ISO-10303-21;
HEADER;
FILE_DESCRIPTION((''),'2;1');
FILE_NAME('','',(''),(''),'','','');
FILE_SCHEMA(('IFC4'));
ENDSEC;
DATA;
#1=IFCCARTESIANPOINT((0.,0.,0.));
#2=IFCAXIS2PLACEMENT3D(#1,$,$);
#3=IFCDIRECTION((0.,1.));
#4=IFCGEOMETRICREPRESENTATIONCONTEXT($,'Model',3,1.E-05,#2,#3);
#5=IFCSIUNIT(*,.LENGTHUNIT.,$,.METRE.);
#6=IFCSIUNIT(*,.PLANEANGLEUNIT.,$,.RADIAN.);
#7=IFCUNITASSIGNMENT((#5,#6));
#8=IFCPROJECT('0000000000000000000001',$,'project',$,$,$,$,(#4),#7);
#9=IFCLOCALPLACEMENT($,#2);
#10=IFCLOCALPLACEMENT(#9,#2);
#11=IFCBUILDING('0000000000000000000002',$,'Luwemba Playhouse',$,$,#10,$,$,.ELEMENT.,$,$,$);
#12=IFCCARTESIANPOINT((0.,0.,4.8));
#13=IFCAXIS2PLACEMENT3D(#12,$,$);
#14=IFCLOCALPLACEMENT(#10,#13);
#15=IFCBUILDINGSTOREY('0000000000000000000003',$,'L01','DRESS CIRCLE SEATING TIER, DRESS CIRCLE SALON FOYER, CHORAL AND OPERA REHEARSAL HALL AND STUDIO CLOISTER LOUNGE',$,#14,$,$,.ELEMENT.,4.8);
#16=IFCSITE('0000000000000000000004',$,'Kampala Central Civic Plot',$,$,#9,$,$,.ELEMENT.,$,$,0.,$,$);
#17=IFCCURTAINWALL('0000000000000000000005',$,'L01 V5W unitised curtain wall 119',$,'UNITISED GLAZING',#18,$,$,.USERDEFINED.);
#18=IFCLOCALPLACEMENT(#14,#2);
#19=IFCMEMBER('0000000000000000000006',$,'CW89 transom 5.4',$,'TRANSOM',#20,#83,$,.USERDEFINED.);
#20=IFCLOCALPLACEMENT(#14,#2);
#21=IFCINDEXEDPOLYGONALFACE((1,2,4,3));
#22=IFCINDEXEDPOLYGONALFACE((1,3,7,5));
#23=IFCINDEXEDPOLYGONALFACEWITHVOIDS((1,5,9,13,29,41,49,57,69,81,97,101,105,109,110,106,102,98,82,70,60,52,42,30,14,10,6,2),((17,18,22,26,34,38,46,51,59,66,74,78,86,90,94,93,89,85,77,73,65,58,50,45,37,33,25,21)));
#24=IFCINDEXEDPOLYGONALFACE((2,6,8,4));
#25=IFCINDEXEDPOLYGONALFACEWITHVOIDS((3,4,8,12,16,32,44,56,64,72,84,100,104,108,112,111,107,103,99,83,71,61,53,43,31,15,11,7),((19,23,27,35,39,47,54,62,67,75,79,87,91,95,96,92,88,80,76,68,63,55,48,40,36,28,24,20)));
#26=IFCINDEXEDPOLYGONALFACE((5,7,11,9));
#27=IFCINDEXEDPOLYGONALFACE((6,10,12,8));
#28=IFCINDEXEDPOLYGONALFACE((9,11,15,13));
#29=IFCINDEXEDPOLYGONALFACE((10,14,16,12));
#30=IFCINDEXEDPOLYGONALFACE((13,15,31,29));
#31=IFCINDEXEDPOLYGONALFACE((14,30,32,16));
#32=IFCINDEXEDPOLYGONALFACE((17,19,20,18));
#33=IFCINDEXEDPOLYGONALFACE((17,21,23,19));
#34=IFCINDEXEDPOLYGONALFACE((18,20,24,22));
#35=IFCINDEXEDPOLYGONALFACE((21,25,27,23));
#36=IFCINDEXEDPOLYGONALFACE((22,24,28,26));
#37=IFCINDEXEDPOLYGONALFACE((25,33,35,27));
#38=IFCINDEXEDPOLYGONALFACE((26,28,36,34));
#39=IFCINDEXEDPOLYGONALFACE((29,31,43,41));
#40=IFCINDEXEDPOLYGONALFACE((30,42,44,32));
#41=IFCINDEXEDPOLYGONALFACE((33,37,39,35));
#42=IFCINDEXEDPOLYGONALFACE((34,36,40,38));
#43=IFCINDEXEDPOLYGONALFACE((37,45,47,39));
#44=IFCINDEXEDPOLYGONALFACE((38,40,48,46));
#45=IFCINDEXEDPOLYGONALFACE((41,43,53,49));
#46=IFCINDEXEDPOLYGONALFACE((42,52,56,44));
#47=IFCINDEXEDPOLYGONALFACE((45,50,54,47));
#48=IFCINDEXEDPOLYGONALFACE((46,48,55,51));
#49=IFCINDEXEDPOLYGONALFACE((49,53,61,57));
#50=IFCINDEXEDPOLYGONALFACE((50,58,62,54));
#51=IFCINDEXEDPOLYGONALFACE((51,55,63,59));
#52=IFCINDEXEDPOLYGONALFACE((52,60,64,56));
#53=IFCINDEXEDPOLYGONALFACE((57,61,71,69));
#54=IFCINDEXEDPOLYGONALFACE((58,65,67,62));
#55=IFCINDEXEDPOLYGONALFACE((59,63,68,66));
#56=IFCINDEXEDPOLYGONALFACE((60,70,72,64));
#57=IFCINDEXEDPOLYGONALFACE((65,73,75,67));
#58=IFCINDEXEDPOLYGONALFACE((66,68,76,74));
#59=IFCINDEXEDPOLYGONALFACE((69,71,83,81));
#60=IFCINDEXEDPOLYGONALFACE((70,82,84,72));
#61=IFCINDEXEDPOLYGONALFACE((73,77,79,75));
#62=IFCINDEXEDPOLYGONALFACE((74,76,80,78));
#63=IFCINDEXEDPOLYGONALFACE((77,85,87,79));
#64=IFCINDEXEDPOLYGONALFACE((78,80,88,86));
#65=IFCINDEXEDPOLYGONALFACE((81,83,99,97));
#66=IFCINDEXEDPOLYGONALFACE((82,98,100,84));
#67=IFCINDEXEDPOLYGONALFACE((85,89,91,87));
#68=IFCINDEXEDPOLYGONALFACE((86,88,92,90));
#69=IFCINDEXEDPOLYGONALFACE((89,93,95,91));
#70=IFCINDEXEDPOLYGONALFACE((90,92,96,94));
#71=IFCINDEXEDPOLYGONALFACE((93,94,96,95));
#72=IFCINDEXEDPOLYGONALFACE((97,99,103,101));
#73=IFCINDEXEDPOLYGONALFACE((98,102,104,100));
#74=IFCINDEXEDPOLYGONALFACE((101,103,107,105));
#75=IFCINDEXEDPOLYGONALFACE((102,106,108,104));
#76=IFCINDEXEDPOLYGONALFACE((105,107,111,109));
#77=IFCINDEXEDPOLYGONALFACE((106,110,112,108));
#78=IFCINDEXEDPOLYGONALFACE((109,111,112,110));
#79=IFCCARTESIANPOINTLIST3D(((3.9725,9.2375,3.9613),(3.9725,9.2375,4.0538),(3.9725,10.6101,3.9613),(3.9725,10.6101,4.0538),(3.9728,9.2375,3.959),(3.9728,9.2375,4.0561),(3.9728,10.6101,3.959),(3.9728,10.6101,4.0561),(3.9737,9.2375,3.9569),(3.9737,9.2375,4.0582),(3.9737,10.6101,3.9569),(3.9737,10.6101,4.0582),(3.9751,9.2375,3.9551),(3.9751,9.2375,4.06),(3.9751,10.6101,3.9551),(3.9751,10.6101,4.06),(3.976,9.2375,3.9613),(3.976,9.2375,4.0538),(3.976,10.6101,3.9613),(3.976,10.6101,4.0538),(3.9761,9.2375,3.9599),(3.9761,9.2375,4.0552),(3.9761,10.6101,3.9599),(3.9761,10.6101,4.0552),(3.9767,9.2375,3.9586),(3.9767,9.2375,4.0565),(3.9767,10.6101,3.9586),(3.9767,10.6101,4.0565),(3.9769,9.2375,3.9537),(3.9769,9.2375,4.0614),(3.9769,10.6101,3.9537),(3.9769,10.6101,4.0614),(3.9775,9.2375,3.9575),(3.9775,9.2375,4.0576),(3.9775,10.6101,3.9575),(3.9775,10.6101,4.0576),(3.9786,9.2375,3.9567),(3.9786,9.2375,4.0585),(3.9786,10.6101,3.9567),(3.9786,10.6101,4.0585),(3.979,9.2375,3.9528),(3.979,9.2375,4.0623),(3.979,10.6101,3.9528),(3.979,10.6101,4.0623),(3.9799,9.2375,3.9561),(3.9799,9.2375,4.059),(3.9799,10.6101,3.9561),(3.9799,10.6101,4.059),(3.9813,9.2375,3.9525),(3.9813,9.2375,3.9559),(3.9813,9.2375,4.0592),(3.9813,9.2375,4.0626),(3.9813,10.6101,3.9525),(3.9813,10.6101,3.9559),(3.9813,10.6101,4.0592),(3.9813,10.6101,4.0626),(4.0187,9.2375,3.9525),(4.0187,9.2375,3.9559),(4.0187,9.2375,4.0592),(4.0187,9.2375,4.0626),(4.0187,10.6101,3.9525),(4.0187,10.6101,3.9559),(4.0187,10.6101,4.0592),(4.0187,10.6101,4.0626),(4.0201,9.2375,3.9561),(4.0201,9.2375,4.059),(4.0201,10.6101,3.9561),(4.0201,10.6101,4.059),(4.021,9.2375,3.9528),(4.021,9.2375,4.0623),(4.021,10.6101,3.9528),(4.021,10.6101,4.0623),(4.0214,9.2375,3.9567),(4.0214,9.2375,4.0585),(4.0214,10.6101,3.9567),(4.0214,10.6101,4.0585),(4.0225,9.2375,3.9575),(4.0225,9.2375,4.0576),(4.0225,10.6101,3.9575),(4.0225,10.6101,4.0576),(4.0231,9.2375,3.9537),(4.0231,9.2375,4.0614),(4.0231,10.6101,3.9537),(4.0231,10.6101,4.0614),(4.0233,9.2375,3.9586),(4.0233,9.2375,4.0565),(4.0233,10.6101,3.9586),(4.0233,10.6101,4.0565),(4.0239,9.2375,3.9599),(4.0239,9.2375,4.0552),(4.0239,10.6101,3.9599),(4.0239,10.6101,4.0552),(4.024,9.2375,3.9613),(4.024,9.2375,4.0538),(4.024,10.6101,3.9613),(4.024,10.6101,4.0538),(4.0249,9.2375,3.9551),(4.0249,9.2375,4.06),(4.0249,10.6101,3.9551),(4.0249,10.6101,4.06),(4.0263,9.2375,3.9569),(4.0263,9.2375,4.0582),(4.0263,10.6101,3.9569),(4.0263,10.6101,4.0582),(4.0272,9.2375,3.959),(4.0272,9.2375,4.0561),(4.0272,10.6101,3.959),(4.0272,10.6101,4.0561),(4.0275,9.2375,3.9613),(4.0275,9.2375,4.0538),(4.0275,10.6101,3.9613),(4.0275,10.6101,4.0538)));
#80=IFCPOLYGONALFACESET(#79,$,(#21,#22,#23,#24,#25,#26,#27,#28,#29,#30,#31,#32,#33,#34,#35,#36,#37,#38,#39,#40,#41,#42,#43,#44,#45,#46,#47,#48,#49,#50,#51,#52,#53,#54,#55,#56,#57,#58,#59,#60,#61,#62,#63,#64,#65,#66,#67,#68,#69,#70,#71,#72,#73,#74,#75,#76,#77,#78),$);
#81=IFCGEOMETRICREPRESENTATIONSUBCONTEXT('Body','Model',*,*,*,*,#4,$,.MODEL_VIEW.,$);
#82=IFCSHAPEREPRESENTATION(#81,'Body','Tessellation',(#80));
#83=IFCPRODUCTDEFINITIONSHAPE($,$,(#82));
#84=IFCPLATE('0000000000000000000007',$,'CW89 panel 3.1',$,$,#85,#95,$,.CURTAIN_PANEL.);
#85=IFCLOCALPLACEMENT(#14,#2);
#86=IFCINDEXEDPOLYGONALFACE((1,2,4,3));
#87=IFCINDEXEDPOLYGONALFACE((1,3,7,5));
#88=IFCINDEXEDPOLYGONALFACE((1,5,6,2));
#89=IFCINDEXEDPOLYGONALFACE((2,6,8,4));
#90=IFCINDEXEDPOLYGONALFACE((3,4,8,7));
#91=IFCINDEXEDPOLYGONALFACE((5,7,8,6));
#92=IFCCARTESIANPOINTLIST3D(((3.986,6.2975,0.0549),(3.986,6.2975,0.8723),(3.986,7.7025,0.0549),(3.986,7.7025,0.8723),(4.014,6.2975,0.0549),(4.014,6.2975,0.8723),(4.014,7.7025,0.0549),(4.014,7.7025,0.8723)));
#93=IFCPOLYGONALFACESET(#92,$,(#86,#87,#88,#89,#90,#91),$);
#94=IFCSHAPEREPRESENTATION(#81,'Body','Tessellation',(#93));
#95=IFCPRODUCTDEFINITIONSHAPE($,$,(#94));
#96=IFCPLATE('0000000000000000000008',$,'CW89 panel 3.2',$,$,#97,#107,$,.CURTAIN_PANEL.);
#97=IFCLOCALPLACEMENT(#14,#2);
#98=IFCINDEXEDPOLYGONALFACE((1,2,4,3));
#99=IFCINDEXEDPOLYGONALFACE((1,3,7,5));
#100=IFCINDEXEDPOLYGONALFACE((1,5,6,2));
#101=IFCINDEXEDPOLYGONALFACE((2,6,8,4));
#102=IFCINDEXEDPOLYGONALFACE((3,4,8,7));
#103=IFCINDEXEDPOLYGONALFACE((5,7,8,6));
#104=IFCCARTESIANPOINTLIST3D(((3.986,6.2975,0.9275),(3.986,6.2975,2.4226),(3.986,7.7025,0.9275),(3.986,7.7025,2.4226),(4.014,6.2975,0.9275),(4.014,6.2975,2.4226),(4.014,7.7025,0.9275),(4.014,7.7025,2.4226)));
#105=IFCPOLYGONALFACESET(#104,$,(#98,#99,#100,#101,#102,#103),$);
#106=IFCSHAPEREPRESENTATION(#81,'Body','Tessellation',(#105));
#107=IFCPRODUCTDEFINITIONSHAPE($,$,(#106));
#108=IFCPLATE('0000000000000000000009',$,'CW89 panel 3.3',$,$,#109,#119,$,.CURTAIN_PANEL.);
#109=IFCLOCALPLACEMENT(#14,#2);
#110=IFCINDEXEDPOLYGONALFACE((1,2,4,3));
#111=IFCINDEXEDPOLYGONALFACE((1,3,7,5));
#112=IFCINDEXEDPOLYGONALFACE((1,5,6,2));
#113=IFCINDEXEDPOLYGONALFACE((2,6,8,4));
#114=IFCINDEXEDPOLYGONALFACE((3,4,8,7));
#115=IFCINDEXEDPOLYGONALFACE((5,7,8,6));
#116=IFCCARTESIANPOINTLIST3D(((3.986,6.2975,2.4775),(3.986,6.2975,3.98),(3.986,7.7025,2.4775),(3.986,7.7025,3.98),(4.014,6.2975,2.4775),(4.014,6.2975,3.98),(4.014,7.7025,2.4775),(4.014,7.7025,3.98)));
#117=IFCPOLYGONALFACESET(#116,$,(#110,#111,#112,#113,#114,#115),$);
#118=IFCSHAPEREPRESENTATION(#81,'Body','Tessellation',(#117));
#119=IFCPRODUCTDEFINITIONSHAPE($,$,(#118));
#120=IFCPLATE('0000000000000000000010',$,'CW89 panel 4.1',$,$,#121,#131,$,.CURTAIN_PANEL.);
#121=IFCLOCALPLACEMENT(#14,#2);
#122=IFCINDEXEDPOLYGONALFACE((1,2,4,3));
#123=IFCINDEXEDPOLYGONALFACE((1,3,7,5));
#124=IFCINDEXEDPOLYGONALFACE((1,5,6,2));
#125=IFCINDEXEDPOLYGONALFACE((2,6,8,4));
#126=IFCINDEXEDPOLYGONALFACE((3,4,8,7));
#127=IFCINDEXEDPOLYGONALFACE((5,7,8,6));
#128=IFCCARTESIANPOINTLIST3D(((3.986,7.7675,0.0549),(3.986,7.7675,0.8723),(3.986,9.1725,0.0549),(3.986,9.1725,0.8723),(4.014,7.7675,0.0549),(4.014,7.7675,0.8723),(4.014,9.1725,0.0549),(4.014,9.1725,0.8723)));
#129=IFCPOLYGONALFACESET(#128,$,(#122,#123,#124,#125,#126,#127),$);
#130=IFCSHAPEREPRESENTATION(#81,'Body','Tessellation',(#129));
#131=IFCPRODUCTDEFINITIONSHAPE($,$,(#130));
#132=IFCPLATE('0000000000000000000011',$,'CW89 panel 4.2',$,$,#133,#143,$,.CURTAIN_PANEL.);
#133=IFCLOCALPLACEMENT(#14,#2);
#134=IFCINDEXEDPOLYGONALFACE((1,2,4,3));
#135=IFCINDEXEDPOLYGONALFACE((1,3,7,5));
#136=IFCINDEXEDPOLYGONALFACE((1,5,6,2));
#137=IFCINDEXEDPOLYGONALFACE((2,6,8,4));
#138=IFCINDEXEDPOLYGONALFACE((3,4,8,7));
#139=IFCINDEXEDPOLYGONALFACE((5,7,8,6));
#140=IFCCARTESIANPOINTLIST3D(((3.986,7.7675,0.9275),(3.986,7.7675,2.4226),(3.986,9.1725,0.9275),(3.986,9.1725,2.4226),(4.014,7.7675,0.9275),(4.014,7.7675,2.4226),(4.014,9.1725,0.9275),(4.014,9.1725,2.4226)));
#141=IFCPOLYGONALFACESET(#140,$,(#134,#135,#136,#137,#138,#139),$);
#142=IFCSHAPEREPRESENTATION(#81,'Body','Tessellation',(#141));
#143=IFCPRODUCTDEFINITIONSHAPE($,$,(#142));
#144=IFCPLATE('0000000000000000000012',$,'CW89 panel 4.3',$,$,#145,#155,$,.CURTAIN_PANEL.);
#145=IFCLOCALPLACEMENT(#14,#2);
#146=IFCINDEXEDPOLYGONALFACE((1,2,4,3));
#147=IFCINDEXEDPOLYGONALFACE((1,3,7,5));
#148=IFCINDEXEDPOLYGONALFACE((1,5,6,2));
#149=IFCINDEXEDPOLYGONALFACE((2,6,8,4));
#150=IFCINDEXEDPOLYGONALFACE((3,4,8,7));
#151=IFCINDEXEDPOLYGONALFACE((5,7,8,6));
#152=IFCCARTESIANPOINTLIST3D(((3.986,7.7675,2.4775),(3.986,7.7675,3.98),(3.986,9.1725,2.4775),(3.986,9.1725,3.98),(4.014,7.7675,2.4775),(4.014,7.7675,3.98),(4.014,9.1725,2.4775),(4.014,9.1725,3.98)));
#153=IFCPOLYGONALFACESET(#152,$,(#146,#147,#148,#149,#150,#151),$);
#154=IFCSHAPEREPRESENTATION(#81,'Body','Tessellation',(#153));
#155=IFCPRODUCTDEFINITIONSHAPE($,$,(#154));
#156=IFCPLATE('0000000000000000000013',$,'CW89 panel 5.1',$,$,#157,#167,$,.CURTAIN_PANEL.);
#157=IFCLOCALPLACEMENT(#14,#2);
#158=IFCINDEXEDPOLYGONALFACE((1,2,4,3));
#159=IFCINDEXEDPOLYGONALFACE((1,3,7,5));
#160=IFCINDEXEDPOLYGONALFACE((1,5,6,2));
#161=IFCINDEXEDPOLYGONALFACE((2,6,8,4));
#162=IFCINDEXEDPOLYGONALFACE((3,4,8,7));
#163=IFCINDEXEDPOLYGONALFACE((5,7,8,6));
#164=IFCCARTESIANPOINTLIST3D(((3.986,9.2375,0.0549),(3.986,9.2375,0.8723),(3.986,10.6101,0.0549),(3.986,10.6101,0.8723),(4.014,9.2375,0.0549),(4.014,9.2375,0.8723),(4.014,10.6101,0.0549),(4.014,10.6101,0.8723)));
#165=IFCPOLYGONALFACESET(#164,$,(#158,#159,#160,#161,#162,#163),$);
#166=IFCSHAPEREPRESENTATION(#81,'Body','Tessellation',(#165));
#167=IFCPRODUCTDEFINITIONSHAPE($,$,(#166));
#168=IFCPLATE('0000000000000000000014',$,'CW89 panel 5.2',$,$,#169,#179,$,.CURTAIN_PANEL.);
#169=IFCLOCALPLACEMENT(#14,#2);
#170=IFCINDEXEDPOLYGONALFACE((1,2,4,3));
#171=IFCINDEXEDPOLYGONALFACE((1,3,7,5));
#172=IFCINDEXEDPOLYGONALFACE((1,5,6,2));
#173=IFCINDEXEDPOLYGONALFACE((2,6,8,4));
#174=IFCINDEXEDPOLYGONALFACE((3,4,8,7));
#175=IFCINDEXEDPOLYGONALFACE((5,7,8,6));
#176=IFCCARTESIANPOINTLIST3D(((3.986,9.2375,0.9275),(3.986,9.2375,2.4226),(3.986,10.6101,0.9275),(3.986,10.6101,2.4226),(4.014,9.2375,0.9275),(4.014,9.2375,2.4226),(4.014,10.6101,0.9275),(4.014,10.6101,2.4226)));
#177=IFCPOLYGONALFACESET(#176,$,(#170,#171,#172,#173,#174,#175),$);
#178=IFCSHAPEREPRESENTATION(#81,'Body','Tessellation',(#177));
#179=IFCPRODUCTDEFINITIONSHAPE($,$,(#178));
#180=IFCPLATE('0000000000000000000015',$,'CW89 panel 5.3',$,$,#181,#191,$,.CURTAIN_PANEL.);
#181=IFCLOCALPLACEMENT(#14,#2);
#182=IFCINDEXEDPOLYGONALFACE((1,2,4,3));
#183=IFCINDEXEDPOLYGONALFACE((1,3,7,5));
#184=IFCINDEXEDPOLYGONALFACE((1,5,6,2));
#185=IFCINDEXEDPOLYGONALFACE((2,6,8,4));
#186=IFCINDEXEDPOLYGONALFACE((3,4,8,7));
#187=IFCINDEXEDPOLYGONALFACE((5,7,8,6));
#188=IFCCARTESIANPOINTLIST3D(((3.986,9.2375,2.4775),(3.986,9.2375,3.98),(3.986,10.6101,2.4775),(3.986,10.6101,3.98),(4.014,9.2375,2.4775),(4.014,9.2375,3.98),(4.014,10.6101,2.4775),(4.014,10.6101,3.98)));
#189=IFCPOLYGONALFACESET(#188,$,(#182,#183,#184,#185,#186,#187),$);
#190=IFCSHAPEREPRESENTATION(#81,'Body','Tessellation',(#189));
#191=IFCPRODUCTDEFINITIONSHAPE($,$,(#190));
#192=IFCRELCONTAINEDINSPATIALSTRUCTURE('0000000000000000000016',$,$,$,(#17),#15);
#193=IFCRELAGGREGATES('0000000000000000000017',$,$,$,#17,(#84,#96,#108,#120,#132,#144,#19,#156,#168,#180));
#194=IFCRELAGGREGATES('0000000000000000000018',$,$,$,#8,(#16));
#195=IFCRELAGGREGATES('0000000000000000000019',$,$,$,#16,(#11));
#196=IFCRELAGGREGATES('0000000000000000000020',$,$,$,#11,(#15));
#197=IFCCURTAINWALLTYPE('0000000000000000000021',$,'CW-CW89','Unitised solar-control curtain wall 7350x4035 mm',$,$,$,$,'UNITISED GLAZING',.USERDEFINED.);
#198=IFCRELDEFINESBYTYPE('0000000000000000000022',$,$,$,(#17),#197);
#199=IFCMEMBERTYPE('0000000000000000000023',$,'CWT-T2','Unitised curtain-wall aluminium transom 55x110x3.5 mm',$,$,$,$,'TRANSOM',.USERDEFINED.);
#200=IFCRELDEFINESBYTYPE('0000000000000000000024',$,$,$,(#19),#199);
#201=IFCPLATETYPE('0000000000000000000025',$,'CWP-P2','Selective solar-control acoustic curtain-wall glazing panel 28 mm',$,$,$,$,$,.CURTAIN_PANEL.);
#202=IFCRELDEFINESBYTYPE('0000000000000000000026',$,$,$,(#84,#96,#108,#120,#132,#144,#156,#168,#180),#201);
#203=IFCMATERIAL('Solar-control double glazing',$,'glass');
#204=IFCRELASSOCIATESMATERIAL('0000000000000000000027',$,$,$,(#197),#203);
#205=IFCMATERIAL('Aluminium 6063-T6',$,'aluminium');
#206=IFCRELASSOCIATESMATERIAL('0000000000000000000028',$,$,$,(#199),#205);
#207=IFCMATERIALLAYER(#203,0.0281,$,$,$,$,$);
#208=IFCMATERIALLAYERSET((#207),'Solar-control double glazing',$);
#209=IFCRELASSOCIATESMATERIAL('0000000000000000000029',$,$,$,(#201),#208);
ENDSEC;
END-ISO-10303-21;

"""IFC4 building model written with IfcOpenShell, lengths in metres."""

from ifc_helpers import new_model, si_unit, direction, frame, origin, origin_2d, place, context, subcontext, project, spatial, rectangle, hollow_rectangle, extrude, material, layer, layer_set, material_profile, profile_set, type_object, element, aggregate, save


model = new_model("IFC4")

# Units and contexts
model_context = context("Model", 3, precision=1e-05, world=origin(), true_north=direction((0.0, 1.0)))
body_context = subcontext(model_context, "Body", "Model", "MODEL_VIEW")
ifc_project = project(units=[si_unit("LENGTHUNIT", "METRE"), si_unit("PLANEANGLEUNIT", "RADIAN")], contexts=[model_context])

# Site, building, storey
site_placement = place(None, origin())
site = spatial("IfcSite", under=ifc_project, at=site_placement, Name="Kampala Central Civic Plot", CompositionType="ELEMENT", RefElevation=0.0)
building_placement = place(site_placement, origin())
building = spatial("IfcBuilding", under=site, at=building_placement, Name="Luwemba Playhouse", CompositionType="ELEMENT")
storey_placement = place(building_placement, frame((0.0, 0.0, 4.8)))
storey = spatial("IfcBuildingStorey", under=building, at=storey_placement, Name="L01", Description="DRESS CIRCLE SEATING TIER, DRESS CIRCLE SALON FOYER, CHORAL AND OPERA REHEARSAL HALL AND STUDIO CLOISTER LOUNGE", CompositionType="ELEMENT", Elevation=4.8)

# Curtain wall, member, plates
ifc_material_1 = material(Name="Solar-control double glazing", Category="glass")
curtain_wall_type = type_object("IfcCurtainWallType", Name="CW-CW89", Description="Unitised solar-control curtain wall 7350x4035 mm", ElementType="UNITISED GLAZING", PredefinedType="USERDEFINED", material=ifc_material_1)
curtain_wall_placement = place(storey_placement, origin())
curtain_wall = element("IfcCurtainWall", 1, at=curtain_wall_placement, inside=storey, type_object=curtain_wall_type, Name="L01 V5W unitised curtain wall 119", ObjectType="UNITISED GLAZING", PredefinedType="USERDEFINED")
ifc_material_2 = material(Name="Aluminium 6063-T6", Category="aluminium")
ifc_material_profile_1 = material_profile(ifc_material_2, hollow_rectangle(XDim=0.0549, YDim=0.1101, WallThickness=0.0034, InnerFilletRadius=0.0054, OuterFilletRadius=0.0088, at=origin_2d()))
ifc_profile_set_1 = profile_set([ifc_material_profile_1], Name="Aluminium 6063-T6")
member_type_1 = type_object("IfcMemberType", Name="CWT-T2", Description="Unitised curtain-wall aluminium transom 55x110x3.5 mm", ElementType="TRANSOM", PredefinedType="USERDEFINED", material=ifc_profile_set_1)
member_1_placement = place(storey_placement, frame((4.0, 9.2375, 4.0076), z_axis=(0.0, 1.0, 0.0), x_axis=(-1.0, 0.0, 0.0)))
member_1 = element("IfcMember", 2, at=member_1_placement, type_object=member_type_1, Name="CW89 transom 5.4", ObjectType="TRANSOM", PredefinedType="USERDEFINED", context=body_context, shape_type="SweptSolid", body=[
    extrude(hollow_rectangle(XDim=0.0549, YDim=0.1101, WallThickness=0.0034, InnerFilletRadius=0.0054, OuterFilletRadius=0.0088, at=origin_2d()), origin(), (0.0, 0.0, 1.0), 1.3726),
])
ifc_layer_1 = layer(ifc_material_1, 0.0281)
ifc_layer_set_1 = layer_set([ifc_layer_1], Name="Solar-control double glazing")
plate_type = type_object("IfcPlateType", Name="CWP-P2", Description="Selective solar-control acoustic curtain-wall glazing panel 28 mm", PredefinedType="CURTAIN_PANEL", material=ifc_layer_set_1)
plate_1_placement = place(storey_placement, frame((4.0, 7.0, 0.0549), z_axis=(0.0, 0.0, 1.0), x_axis=(0.0, 1.0, 0.0)))
plate_1 = element("IfcPlate", 3, at=plate_1_placement, type_object=plate_type, Name="CW89 panel 3.1", PredefinedType="CURTAIN_PANEL", context=body_context, shape_type="SweptSolid", body=[
    extrude(rectangle(XDim=1.405, YDim=0.0281, at=origin_2d()), origin(), (0.0, 0.0, 1.0), 0.8174),
])
plate_2_placement = place(storey_placement, frame((4.0, 7.0, 0.9275), z_axis=(0.0, 0.0, 1.0), x_axis=(0.0, 1.0, 0.0)))
plate_2 = element("IfcPlate", 4, at=plate_2_placement, type_object=plate_type, Name="CW89 panel 3.2", PredefinedType="CURTAIN_PANEL", context=body_context, shape_type="SweptSolid", body=[
    extrude(rectangle(XDim=1.405, YDim=0.0281, at=origin_2d()), origin(), (0.0, 0.0, 1.0), 1.4951),
])
plate_3_placement = place(storey_placement, frame((4.0, 7.0, 2.4775), z_axis=(0.0, 0.0, 1.0), x_axis=(0.0, 1.0, 0.0)))
plate_3 = element("IfcPlate", 5, at=plate_3_placement, type_object=plate_type, Name="CW89 panel 3.3", PredefinedType="CURTAIN_PANEL", context=body_context, shape_type="SweptSolid", body=[
    extrude(rectangle(XDim=1.405, YDim=0.0281, at=origin_2d()), origin(), (0.0, 0.0, 1.0), 1.5024),
])
plate_4_placement = place(storey_placement, frame((4.0, 8.47, 0.0549), z_axis=(0.0, 0.0, 1.0), x_axis=(0.0, 1.0, 0.0)))
plate_4 = element("IfcPlate", 6, at=plate_4_placement, type_object=plate_type, Name="CW89 panel 4.1", PredefinedType="CURTAIN_PANEL", context=body_context, shape_type="SweptSolid", body=[
    extrude(rectangle(XDim=1.405, YDim=0.0281, at=origin_2d()), origin(), (0.0, 0.0, 1.0), 0.8174),
])
plate_5_placement = place(storey_placement, frame((4.0, 8.47, 0.9275), z_axis=(0.0, 0.0, 1.0), x_axis=(0.0, 1.0, 0.0)))
plate_5 = element("IfcPlate", 7, at=plate_5_placement, type_object=plate_type, Name="CW89 panel 4.2", PredefinedType="CURTAIN_PANEL", context=body_context, shape_type="SweptSolid", body=[
    extrude(rectangle(XDim=1.405, YDim=0.0281, at=origin_2d()), origin(), (0.0, 0.0, 1.0), 1.4951),
])
plate_6_placement = place(storey_placement, frame((4.0, 8.47, 2.4775), z_axis=(0.0, 0.0, 1.0), x_axis=(0.0, 1.0, 0.0)))
plate_6 = element("IfcPlate", 8, at=plate_6_placement, type_object=plate_type, Name="CW89 panel 4.3", PredefinedType="CURTAIN_PANEL", context=body_context, shape_type="SweptSolid", body=[
    extrude(rectangle(XDim=1.405, YDim=0.0281, at=origin_2d()), origin(), (0.0, 0.0, 1.0), 1.5024),
])
plate_7_placement = place(storey_placement, frame((4.0, 9.9238, 0.0549), z_axis=(0.0, 0.0, 1.0), x_axis=(0.0, 1.0, 0.0)))
plate_7 = element("IfcPlate", 9, at=plate_7_placement, type_object=plate_type, Name="CW89 panel 5.1", PredefinedType="CURTAIN_PANEL", context=body_context, shape_type="SweptSolid", body=[
    extrude(rectangle(XDim=1.3726, YDim=0.0281, at=origin_2d()), origin(), (0.0, 0.0, 1.0), 0.8174),
])
plate_8_placement = place(storey_placement, frame((4.0, 9.9238, 0.9275), z_axis=(0.0, 0.0, 1.0), x_axis=(0.0, 1.0, 0.0)))
plate_8 = element("IfcPlate", 10, at=plate_8_placement, type_object=plate_type, Name="CW89 panel 5.2", PredefinedType="CURTAIN_PANEL", context=body_context, shape_type="SweptSolid", body=[
    extrude(rectangle(XDim=1.3726, YDim=0.0281, at=origin_2d()), origin(), (0.0, 0.0, 1.0), 1.4951),
])
plate_9_placement = place(storey_placement, frame((4.0, 9.9238, 2.4775), z_axis=(0.0, 0.0, 1.0), x_axis=(0.0, 1.0, 0.0)))
plate_9 = element("IfcPlate", 11, at=plate_9_placement, type_object=plate_type, Name="CW89 panel 5.3", PredefinedType="CURTAIN_PANEL", context=body_context, shape_type="SweptSolid", body=[
    extrude(rectangle(XDim=1.3726, YDim=0.0281, at=origin_2d()), origin(), (0.0, 0.0, 1.0), 1.5024),
])
aggregate(curtain_wall, [plate_1, plate_2, plate_3, plate_4, plate_5, plate_6, member_1, plate_7, plate_8, plate_9])

save(model, "model.ifc")
